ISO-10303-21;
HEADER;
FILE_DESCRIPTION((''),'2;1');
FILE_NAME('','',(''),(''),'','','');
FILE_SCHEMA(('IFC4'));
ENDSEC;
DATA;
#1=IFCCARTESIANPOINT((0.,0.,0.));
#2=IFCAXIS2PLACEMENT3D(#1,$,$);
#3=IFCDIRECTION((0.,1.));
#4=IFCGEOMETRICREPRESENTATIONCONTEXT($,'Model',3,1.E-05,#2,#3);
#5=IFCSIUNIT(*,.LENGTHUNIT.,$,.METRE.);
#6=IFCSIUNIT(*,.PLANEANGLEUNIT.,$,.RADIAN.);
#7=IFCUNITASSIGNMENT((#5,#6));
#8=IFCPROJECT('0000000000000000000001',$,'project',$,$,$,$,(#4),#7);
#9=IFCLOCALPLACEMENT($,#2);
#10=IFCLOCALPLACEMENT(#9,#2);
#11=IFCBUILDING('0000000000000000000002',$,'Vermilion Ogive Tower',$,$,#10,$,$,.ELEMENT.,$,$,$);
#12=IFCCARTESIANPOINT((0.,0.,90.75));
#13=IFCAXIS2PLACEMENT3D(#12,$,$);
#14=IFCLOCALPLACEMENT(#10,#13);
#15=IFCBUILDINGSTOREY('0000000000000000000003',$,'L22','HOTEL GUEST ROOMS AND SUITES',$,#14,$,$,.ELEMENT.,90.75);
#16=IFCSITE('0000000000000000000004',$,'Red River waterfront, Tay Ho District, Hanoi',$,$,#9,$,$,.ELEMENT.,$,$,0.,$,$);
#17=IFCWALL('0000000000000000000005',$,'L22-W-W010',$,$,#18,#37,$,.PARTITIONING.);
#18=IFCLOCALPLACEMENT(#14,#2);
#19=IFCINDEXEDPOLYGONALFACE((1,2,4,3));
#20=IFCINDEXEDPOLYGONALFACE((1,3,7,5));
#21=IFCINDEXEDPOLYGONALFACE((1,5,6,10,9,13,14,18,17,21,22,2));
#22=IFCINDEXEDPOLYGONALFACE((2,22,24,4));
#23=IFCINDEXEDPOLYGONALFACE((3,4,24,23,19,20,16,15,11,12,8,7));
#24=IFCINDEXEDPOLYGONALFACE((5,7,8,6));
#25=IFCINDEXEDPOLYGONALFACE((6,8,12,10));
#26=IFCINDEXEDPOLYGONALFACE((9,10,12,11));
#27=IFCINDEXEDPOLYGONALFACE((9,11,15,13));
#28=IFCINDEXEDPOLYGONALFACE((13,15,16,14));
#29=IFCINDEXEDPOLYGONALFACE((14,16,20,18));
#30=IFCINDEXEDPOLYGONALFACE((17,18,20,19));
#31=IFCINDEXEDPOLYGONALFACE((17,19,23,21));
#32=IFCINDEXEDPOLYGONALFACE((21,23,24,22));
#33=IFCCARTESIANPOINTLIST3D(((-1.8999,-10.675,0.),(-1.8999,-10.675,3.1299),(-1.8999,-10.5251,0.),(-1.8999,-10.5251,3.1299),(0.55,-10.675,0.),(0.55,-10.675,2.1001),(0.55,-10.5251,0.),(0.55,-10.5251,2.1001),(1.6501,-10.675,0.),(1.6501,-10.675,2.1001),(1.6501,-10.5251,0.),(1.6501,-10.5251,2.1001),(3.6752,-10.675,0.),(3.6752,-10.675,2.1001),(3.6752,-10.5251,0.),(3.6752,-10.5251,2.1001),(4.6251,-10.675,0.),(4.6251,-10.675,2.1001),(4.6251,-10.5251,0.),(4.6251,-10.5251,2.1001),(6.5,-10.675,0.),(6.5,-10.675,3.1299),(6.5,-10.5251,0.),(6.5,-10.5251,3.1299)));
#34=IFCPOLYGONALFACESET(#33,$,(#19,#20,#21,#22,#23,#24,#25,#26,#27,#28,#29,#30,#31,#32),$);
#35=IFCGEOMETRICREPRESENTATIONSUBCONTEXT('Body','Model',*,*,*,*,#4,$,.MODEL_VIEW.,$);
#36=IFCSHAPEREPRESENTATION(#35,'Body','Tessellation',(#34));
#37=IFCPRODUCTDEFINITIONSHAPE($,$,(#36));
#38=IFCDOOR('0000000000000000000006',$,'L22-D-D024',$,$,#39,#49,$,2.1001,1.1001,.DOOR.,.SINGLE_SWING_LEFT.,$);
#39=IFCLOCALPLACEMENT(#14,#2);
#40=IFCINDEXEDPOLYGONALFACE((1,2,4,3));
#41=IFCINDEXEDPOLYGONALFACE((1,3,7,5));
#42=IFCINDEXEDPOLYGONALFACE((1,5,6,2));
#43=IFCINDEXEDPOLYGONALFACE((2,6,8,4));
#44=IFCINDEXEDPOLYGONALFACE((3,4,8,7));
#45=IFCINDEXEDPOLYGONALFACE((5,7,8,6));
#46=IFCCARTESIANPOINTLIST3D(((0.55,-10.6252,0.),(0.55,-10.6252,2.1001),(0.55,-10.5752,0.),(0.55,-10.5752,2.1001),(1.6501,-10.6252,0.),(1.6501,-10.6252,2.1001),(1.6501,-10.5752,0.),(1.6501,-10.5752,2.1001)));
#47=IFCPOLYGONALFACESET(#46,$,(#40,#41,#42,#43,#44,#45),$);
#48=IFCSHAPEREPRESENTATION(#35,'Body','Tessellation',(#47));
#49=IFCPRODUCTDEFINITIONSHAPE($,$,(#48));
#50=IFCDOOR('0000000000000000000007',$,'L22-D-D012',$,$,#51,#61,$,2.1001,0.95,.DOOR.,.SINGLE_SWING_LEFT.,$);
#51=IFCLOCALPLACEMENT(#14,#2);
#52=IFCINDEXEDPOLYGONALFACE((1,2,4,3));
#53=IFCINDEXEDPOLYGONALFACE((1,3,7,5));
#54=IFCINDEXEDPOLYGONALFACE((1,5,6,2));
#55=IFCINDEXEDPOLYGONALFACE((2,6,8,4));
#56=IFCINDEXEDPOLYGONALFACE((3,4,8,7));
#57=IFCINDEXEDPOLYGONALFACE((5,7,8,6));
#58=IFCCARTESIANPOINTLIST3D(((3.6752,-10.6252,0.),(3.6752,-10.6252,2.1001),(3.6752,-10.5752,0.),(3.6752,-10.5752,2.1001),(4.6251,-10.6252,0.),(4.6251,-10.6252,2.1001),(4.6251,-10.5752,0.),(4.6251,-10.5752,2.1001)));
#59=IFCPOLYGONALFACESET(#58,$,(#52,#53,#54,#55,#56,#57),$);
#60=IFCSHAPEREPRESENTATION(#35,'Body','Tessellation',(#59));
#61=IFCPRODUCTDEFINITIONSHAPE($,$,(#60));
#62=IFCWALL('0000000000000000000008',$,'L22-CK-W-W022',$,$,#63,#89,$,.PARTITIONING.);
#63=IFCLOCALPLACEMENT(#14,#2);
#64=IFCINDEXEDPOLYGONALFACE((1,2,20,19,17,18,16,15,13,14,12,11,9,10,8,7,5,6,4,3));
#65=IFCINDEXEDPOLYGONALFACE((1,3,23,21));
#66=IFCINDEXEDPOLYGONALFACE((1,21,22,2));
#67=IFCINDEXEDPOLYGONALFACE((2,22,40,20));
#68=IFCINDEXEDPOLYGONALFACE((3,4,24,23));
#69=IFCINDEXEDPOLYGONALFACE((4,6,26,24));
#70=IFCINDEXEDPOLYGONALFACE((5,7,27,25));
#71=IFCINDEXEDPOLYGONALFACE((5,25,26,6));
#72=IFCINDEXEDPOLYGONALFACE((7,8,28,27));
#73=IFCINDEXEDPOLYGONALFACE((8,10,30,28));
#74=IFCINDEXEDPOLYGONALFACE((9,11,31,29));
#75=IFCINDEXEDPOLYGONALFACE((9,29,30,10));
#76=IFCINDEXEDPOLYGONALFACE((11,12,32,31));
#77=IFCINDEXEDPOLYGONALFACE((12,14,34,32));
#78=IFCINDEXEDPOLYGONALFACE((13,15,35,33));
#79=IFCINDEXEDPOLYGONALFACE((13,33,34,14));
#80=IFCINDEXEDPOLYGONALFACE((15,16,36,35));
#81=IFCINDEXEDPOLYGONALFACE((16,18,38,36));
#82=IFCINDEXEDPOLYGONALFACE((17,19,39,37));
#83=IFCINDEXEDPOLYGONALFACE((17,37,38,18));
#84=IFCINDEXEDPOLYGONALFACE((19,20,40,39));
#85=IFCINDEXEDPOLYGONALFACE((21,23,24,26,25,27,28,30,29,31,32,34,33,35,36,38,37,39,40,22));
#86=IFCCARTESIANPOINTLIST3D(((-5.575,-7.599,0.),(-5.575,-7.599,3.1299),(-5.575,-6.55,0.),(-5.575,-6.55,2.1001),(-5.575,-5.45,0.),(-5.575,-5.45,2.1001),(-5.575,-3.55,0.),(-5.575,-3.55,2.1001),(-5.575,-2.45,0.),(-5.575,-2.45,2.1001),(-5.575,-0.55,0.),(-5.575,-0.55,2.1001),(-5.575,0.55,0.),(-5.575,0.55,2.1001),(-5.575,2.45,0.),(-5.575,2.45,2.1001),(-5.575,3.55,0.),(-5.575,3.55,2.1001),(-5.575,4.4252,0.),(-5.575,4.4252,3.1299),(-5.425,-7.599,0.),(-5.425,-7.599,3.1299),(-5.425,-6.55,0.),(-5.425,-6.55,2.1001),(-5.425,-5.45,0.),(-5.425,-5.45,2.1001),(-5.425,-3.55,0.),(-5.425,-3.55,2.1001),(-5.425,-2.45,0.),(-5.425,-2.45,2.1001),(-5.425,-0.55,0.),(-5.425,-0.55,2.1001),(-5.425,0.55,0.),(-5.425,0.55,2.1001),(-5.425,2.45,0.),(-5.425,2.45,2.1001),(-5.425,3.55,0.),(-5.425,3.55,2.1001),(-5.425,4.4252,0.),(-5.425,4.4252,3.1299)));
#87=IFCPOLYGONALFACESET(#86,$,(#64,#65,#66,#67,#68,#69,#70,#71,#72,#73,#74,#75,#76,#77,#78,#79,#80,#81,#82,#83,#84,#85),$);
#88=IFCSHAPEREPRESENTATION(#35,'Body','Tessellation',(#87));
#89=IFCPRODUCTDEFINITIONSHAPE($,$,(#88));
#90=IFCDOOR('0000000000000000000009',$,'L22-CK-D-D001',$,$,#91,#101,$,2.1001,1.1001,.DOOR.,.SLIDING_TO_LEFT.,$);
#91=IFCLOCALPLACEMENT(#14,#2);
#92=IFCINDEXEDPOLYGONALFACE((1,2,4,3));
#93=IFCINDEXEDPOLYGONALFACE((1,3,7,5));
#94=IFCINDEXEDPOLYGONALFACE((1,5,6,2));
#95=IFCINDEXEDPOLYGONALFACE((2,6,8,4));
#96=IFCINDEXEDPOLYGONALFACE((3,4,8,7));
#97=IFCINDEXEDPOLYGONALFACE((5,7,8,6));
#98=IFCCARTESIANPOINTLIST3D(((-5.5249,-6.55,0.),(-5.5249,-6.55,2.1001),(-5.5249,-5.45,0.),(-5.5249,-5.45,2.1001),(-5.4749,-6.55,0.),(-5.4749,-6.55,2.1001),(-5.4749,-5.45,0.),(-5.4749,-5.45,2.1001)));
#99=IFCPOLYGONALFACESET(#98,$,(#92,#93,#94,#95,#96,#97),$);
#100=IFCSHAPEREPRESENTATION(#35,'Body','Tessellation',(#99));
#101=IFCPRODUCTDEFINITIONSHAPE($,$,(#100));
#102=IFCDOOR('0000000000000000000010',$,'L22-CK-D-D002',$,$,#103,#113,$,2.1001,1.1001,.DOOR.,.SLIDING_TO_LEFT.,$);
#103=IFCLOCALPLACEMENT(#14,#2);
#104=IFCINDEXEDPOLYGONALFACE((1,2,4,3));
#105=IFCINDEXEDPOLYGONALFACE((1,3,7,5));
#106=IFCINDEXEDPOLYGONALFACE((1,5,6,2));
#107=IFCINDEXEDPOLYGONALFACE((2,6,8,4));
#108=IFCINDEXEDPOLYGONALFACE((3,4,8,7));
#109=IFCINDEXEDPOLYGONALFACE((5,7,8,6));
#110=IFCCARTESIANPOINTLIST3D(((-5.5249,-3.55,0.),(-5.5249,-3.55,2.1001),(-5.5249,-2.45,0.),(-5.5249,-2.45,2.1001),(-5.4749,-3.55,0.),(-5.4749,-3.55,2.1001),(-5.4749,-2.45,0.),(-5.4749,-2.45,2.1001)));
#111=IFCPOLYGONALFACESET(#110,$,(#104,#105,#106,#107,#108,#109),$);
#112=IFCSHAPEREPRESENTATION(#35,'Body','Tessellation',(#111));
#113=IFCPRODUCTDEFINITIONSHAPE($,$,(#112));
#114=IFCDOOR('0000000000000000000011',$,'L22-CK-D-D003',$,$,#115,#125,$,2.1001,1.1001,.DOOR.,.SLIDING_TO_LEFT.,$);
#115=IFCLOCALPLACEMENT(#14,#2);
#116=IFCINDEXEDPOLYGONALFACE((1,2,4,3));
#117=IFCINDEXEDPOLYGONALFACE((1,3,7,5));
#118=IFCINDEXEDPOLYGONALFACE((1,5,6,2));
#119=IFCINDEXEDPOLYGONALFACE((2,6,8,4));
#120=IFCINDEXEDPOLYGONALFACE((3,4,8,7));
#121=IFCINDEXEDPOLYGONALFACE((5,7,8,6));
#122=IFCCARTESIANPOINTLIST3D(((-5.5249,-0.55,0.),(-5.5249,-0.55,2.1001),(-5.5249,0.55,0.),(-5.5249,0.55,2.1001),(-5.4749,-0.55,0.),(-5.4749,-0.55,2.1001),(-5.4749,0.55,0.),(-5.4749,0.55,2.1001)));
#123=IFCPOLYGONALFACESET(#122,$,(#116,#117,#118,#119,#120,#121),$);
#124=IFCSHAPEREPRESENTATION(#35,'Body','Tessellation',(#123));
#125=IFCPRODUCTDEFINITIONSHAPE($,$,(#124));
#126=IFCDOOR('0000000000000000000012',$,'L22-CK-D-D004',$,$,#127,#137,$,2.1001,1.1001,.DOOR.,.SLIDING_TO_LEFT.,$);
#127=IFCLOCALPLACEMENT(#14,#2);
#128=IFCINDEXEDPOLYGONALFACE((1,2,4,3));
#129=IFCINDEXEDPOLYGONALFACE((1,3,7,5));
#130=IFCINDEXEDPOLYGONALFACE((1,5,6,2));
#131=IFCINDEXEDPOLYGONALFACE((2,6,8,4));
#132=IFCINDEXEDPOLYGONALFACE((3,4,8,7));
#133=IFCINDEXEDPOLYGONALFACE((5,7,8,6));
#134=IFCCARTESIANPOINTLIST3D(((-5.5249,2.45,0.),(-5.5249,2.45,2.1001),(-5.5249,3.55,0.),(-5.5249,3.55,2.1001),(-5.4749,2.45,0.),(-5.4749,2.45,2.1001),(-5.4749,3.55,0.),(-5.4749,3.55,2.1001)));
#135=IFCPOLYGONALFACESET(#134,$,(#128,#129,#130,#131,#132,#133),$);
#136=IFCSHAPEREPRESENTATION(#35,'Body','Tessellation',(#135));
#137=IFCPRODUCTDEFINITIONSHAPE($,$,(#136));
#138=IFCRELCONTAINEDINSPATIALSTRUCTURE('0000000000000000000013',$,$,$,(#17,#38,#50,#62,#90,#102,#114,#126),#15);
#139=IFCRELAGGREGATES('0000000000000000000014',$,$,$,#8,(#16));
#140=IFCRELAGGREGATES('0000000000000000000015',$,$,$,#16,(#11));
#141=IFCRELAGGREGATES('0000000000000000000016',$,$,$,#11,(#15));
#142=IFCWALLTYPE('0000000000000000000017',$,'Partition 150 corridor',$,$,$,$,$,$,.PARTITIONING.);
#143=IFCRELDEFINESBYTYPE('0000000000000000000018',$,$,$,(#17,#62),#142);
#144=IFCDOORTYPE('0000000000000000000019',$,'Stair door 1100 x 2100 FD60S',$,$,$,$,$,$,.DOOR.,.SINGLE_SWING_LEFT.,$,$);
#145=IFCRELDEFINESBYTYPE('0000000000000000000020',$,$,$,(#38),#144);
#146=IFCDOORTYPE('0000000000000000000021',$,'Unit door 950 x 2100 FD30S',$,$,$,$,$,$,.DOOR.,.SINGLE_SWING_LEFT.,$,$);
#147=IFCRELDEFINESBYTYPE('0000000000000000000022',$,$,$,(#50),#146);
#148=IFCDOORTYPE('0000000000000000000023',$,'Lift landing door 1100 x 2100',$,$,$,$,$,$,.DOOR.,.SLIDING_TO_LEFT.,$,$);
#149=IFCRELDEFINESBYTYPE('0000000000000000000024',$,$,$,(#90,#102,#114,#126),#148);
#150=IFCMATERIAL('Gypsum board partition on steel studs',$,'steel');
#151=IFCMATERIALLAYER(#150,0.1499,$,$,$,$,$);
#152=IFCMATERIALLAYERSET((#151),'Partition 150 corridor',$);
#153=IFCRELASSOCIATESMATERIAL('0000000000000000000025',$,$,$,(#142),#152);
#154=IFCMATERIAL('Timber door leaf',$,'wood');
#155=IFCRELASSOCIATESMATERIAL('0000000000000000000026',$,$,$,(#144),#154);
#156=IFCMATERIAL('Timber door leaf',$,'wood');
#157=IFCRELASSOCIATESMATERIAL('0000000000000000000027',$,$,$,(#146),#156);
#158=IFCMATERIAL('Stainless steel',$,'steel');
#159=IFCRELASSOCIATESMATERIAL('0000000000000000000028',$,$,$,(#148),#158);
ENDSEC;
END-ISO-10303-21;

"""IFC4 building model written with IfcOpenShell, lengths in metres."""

from ifc_helpers import new_model, si_unit, direction, frame, frame_2d, origin, place, context, subcontext, project, spatial, rectangle, extrude, material, layer, layer_set, type_object, element, fill, save


model = new_model("IFC4")

# Units and contexts
model_context = context("Model", 3, precision=1e-05, world=origin(), true_north=direction((0.0, 1.0)))
body_context = subcontext(model_context, "Body", "Model", "MODEL_VIEW")
ifc_project = project(units=[si_unit("LENGTHUNIT", "METRE"), si_unit("PLANEANGLEUNIT", "RADIAN")], contexts=[model_context])

# Site, building, storey
site_placement = place(None, origin())
site = spatial("IfcSite", under=ifc_project, at=site_placement, Name="Red River waterfront, Tay Ho District, Hanoi", CompositionType="ELEMENT", RefElevation=0.0)
building_placement = place(site_placement, origin())
building = spatial("IfcBuilding", under=site, at=building_placement, Name="Vermilion Ogive Tower", CompositionType="ELEMENT")
storey_placement = place(building_placement, frame((0.0, 0.0, 90.75)))
storey = spatial("IfcBuildingStorey", under=building, at=storey_placement, Name="L22", Description="HOTEL GUEST ROOMS AND SUITES", CompositionType="ELEMENT", Elevation=90.75)

# Walls, openings, doors
ifc_material_1 = material(Name="Gypsum board partition on steel studs", Category="steel")
ifc_layer_1 = layer(ifc_material_1, 0.1499)
ifc_layer_set_1 = layer_set([ifc_layer_1], Name="Partition 150 corridor")
wall_type_1 = type_object("IfcWallType", Name="Partition 150 corridor", PredefinedType="PARTITIONING", material=ifc_layer_set_1)
wall_1_placement = place(storey_placement, frame((-1.8999, -10.6001, 0.0), z_axis=(0.0, 0.0, 1.0), x_axis=(1.0, 0.0, 0.0)))
wall_1 = element("IfcWall", 1, at=wall_1_placement, inside=storey, type_object=wall_type_1, Name="L22-W-W010", PredefinedType="PARTITIONING", context=body_context, shape_type="SweptSolid", body=[
    extrude(rectangle(XDim=8.3999, YDim=0.1499, at=frame_2d((4.2, 0.0))), origin(), (0.0, 0.0, 1.0), 3.1299),
])
opening_1_placement = place(wall_1_placement, frame((5.575, 0.0, 0.0)))
opening_1 = element("IfcOpeningElement", 2, at=opening_1_placement, cuts=wall_1, PredefinedType="OPENING", context=body_context, shape_type="SweptSolid", body=[
    extrude(rectangle(XDim=0.95, YDim=2.1001, at=frame_2d((0.4751, 1.05))), frame((0.0, 0.085, 0.0), z_axis=(0.0, -1.0, 0.0), x_axis=(1.0, 0.0, 0.0)), (0.0, 0.0, 1.0), 0.1699),
])
opening_2_placement = place(wall_1_placement, frame((2.45, 0.0, 0.0)))
opening_2 = element("IfcOpeningElement", 3, at=opening_2_placement, cuts=wall_1, PredefinedType="OPENING", context=body_context, shape_type="SweptSolid", body=[
    extrude(rectangle(XDim=1.1001, YDim=2.1001, at=frame_2d((0.55, 1.05))), frame((0.0, 0.085, 0.0), z_axis=(0.0, -1.0, 0.0), x_axis=(1.0, 0.0, 0.0)), (0.0, 0.0, 1.0), 0.1699),
])
ifc_material_2 = material(Name="Timber door leaf", Category="wood")
door_type_1 = type_object("IfcDoorType", Name="Stair door 1100 x 2100 FD60S", OperationType="SINGLE_SWING_LEFT", PredefinedType="DOOR", material=ifc_material_2)
door_1_placement = place(opening_2_placement, origin())
door_1 = element("IfcDoor", 4, at=door_1_placement, inside=storey, type_object=door_type_1, Name="L22-D-D024", OperationType="SINGLE_SWING_LEFT", OverallHeight=2.1001, OverallWidth=1.1001, PredefinedType="DOOR", context=body_context, shape_type="SweptSolid", body=[
    extrude(rectangle(XDim=1.1001, YDim=2.1001, at=frame_2d((0.55, 1.05))), frame((0.0, 0.0249, 0.0), z_axis=(0.0, -1.0, 0.0), x_axis=(1.0, 0.0, 0.0)), (0.0, 0.0, 1.0), 0.05),
])
fill(opening_2, door_1)
ifc_material_3 = material(Name="Timber door leaf", Category="wood")
door_type_2 = type_object("IfcDoorType", Name="Unit door 950 x 2100 FD30S", OperationType="SINGLE_SWING_LEFT", PredefinedType="DOOR", material=ifc_material_3)
door_2_placement = place(opening_1_placement, origin())
door_2 = element("IfcDoor", 5, at=door_2_placement, inside=storey, type_object=door_type_2, Name="L22-D-D012", OperationType="SINGLE_SWING_LEFT", OverallHeight=2.1001, OverallWidth=0.95, PredefinedType="DOOR", context=body_context, shape_type="SweptSolid", body=[
    extrude(rectangle(XDim=0.95, YDim=2.1001, at=frame_2d((0.4751, 1.05))), frame((0.0, 0.0249, 0.0), z_axis=(0.0, -1.0, 0.0), x_axis=(1.0, 0.0, 0.0)), (0.0, 0.0, 1.0), 0.05),
])
fill(opening_1, door_2)
wall_2_placement = place(storey_placement, frame((-5.5, -7.5991, 0.0), z_axis=(0.0, 0.0, 1.0), x_axis=(0.0, 1.0, 0.0)))
wall_2 = element("IfcWall", 6, at=wall_2_placement, inside=storey, type_object=wall_type_1, Name="L22-CK-W-W022", PredefinedType="PARTITIONING", context=body_context, shape_type="SweptSolid", body=[
    extrude(rectangle(XDim=12.0242, YDim=0.1499, at=frame_2d((6.0122, 0.0))), origin(), (0.0, 0.0, 1.0), 3.1299),
])
opening_3_placement = place(wall_2_placement, frame((1.0491, 0.0, 0.0)))
opening_3 = element("IfcOpeningElement", 7, at=opening_3_placement, cuts=wall_2, PredefinedType="OPENING", context=body_context, shape_type="SweptSolid", body=[
    extrude(rectangle(XDim=1.1001, YDim=2.1001, at=frame_2d((0.55, 1.05))), frame((0.0, 0.085, 0.0), z_axis=(0.0, -1.0, 0.0), x_axis=(1.0, 0.0, 0.0)), (0.0, 0.0, 1.0), 0.1699),
])
opening_4_placement = place(wall_2_placement, frame((4.0491, 0.0, 0.0)))
opening_4 = element("IfcOpeningElement", 8, at=opening_4_placement, cuts=wall_2, PredefinedType="OPENING", context=body_context, shape_type="SweptSolid", body=[
    extrude(rectangle(XDim=1.1001, YDim=2.1001, at=frame_2d((0.55, 1.05))), frame((0.0, 0.085, 0.0), z_axis=(0.0, -1.0, 0.0), x_axis=(1.0, 0.0, 0.0)), (0.0, 0.0, 1.0), 0.1699),
])
opening_5_placement = place(wall_2_placement, frame((7.0491, 0.0, 0.0)))
opening_5 = element("IfcOpeningElement", 9, at=opening_5_placement, cuts=wall_2, PredefinedType="OPENING", context=body_context, shape_type="SweptSolid", body=[
    extrude(rectangle(XDim=1.1001, YDim=2.1001, at=frame_2d((0.55, 1.05))), frame((0.0, 0.085, 0.0), z_axis=(0.0, -1.0, 0.0), x_axis=(1.0, 0.0, 0.0)), (0.0, 0.0, 1.0), 0.1699),
])
opening_6_placement = place(wall_2_placement, frame((10.0491, 0.0, 0.0)))
opening_6 = element("IfcOpeningElement", 10, at=opening_6_placement, cuts=wall_2, PredefinedType="OPENING", context=body_context, shape_type="SweptSolid", body=[
    extrude(rectangle(XDim=1.1001, YDim=2.1001, at=frame_2d((0.55, 1.05))), frame((0.0, 0.085, 0.0), z_axis=(0.0, -1.0, 0.0), x_axis=(1.0, 0.0, 0.0)), (0.0, 0.0, 1.0), 0.1699),
])
ifc_material_4 = material(Name="Stainless steel", Category="steel")
door_type_3 = type_object("IfcDoorType", Name="Lift landing door 1100 x 2100", OperationType="SLIDING_TO_LEFT", PredefinedType="DOOR", material=ifc_material_4)
door_3_placement = place(opening_3_placement, origin())
door_3 = element("IfcDoor", 11, at=door_3_placement, inside=storey, type_object=door_type_3, Name="L22-CK-D-D001", OperationType="SLIDING_TO_LEFT", OverallHeight=2.1001, OverallWidth=1.1001, PredefinedType="DOOR", context=body_context, shape_type="SweptSolid", body=[
    extrude(rectangle(XDim=1.1001, YDim=2.1001, at=frame_2d((0.55, 1.05))), frame((0.0, 0.0249, 0.0), z_axis=(0.0, -1.0, 0.0), x_axis=(1.0, 0.0, 0.0)), (0.0, 0.0, 1.0), 0.05),
])
fill(opening_3, door_3)
door_4_placement = place(opening_4_placement, origin())
door_4 = element("IfcDoor", 12, at=door_4_placement, inside=storey, type_object=door_type_3, Name="L22-CK-D-D002", OperationType="SLIDING_TO_LEFT", OverallHeight=2.1001, OverallWidth=1.1001, PredefinedType="DOOR", context=body_context, shape_type="SweptSolid", body=[
    extrude(rectangle(XDim=1.1001, YDim=2.1001, at=frame_2d((0.55, 1.05))), frame((0.0, 0.0249, 0.0), z_axis=(0.0, -1.0, 0.0), x_axis=(1.0, 0.0, 0.0)), (0.0, 0.0, 1.0), 0.05),
])
fill(opening_4, door_4)
door_5_placement = place(opening_5_placement, origin())
door_5 = element("IfcDoor", 13, at=door_5_placement, inside=storey, type_object=door_type_3, Name="L22-CK-D-D003", OperationType="SLIDING_TO_LEFT", OverallHeight=2.1001, OverallWidth=1.1001, PredefinedType="DOOR", context=body_context, shape_type="SweptSolid", body=[
    extrude(rectangle(XDim=1.1001, YDim=2.1001, at=frame_2d((0.55, 1.05))), frame((0.0, 0.0249, 0.0), z_axis=(0.0, -1.0, 0.0), x_axis=(1.0, 0.0, 0.0)), (0.0, 0.0, 1.0), 0.05),
])
fill(opening_5, door_5)
door_6_placement = place(opening_6_placement, origin())
door_6 = element("IfcDoor", 14, at=door_6_placement, inside=storey, type_object=door_type_3, Name="L22-CK-D-D004", OperationType="SLIDING_TO_LEFT", OverallHeight=2.1001, OverallWidth=1.1001, PredefinedType="DOOR", context=body_context, shape_type="SweptSolid", body=[
    extrude(rectangle(XDim=1.1001, YDim=2.1001, at=frame_2d((0.55, 1.05))), frame((0.0, 0.0249, 0.0), z_axis=(0.0, -1.0, 0.0), x_axis=(1.0, 0.0, 0.0)), (0.0, 0.0, 1.0), 0.05),
])
fill(opening_6, door_6)

save(model, "model.ifc")
